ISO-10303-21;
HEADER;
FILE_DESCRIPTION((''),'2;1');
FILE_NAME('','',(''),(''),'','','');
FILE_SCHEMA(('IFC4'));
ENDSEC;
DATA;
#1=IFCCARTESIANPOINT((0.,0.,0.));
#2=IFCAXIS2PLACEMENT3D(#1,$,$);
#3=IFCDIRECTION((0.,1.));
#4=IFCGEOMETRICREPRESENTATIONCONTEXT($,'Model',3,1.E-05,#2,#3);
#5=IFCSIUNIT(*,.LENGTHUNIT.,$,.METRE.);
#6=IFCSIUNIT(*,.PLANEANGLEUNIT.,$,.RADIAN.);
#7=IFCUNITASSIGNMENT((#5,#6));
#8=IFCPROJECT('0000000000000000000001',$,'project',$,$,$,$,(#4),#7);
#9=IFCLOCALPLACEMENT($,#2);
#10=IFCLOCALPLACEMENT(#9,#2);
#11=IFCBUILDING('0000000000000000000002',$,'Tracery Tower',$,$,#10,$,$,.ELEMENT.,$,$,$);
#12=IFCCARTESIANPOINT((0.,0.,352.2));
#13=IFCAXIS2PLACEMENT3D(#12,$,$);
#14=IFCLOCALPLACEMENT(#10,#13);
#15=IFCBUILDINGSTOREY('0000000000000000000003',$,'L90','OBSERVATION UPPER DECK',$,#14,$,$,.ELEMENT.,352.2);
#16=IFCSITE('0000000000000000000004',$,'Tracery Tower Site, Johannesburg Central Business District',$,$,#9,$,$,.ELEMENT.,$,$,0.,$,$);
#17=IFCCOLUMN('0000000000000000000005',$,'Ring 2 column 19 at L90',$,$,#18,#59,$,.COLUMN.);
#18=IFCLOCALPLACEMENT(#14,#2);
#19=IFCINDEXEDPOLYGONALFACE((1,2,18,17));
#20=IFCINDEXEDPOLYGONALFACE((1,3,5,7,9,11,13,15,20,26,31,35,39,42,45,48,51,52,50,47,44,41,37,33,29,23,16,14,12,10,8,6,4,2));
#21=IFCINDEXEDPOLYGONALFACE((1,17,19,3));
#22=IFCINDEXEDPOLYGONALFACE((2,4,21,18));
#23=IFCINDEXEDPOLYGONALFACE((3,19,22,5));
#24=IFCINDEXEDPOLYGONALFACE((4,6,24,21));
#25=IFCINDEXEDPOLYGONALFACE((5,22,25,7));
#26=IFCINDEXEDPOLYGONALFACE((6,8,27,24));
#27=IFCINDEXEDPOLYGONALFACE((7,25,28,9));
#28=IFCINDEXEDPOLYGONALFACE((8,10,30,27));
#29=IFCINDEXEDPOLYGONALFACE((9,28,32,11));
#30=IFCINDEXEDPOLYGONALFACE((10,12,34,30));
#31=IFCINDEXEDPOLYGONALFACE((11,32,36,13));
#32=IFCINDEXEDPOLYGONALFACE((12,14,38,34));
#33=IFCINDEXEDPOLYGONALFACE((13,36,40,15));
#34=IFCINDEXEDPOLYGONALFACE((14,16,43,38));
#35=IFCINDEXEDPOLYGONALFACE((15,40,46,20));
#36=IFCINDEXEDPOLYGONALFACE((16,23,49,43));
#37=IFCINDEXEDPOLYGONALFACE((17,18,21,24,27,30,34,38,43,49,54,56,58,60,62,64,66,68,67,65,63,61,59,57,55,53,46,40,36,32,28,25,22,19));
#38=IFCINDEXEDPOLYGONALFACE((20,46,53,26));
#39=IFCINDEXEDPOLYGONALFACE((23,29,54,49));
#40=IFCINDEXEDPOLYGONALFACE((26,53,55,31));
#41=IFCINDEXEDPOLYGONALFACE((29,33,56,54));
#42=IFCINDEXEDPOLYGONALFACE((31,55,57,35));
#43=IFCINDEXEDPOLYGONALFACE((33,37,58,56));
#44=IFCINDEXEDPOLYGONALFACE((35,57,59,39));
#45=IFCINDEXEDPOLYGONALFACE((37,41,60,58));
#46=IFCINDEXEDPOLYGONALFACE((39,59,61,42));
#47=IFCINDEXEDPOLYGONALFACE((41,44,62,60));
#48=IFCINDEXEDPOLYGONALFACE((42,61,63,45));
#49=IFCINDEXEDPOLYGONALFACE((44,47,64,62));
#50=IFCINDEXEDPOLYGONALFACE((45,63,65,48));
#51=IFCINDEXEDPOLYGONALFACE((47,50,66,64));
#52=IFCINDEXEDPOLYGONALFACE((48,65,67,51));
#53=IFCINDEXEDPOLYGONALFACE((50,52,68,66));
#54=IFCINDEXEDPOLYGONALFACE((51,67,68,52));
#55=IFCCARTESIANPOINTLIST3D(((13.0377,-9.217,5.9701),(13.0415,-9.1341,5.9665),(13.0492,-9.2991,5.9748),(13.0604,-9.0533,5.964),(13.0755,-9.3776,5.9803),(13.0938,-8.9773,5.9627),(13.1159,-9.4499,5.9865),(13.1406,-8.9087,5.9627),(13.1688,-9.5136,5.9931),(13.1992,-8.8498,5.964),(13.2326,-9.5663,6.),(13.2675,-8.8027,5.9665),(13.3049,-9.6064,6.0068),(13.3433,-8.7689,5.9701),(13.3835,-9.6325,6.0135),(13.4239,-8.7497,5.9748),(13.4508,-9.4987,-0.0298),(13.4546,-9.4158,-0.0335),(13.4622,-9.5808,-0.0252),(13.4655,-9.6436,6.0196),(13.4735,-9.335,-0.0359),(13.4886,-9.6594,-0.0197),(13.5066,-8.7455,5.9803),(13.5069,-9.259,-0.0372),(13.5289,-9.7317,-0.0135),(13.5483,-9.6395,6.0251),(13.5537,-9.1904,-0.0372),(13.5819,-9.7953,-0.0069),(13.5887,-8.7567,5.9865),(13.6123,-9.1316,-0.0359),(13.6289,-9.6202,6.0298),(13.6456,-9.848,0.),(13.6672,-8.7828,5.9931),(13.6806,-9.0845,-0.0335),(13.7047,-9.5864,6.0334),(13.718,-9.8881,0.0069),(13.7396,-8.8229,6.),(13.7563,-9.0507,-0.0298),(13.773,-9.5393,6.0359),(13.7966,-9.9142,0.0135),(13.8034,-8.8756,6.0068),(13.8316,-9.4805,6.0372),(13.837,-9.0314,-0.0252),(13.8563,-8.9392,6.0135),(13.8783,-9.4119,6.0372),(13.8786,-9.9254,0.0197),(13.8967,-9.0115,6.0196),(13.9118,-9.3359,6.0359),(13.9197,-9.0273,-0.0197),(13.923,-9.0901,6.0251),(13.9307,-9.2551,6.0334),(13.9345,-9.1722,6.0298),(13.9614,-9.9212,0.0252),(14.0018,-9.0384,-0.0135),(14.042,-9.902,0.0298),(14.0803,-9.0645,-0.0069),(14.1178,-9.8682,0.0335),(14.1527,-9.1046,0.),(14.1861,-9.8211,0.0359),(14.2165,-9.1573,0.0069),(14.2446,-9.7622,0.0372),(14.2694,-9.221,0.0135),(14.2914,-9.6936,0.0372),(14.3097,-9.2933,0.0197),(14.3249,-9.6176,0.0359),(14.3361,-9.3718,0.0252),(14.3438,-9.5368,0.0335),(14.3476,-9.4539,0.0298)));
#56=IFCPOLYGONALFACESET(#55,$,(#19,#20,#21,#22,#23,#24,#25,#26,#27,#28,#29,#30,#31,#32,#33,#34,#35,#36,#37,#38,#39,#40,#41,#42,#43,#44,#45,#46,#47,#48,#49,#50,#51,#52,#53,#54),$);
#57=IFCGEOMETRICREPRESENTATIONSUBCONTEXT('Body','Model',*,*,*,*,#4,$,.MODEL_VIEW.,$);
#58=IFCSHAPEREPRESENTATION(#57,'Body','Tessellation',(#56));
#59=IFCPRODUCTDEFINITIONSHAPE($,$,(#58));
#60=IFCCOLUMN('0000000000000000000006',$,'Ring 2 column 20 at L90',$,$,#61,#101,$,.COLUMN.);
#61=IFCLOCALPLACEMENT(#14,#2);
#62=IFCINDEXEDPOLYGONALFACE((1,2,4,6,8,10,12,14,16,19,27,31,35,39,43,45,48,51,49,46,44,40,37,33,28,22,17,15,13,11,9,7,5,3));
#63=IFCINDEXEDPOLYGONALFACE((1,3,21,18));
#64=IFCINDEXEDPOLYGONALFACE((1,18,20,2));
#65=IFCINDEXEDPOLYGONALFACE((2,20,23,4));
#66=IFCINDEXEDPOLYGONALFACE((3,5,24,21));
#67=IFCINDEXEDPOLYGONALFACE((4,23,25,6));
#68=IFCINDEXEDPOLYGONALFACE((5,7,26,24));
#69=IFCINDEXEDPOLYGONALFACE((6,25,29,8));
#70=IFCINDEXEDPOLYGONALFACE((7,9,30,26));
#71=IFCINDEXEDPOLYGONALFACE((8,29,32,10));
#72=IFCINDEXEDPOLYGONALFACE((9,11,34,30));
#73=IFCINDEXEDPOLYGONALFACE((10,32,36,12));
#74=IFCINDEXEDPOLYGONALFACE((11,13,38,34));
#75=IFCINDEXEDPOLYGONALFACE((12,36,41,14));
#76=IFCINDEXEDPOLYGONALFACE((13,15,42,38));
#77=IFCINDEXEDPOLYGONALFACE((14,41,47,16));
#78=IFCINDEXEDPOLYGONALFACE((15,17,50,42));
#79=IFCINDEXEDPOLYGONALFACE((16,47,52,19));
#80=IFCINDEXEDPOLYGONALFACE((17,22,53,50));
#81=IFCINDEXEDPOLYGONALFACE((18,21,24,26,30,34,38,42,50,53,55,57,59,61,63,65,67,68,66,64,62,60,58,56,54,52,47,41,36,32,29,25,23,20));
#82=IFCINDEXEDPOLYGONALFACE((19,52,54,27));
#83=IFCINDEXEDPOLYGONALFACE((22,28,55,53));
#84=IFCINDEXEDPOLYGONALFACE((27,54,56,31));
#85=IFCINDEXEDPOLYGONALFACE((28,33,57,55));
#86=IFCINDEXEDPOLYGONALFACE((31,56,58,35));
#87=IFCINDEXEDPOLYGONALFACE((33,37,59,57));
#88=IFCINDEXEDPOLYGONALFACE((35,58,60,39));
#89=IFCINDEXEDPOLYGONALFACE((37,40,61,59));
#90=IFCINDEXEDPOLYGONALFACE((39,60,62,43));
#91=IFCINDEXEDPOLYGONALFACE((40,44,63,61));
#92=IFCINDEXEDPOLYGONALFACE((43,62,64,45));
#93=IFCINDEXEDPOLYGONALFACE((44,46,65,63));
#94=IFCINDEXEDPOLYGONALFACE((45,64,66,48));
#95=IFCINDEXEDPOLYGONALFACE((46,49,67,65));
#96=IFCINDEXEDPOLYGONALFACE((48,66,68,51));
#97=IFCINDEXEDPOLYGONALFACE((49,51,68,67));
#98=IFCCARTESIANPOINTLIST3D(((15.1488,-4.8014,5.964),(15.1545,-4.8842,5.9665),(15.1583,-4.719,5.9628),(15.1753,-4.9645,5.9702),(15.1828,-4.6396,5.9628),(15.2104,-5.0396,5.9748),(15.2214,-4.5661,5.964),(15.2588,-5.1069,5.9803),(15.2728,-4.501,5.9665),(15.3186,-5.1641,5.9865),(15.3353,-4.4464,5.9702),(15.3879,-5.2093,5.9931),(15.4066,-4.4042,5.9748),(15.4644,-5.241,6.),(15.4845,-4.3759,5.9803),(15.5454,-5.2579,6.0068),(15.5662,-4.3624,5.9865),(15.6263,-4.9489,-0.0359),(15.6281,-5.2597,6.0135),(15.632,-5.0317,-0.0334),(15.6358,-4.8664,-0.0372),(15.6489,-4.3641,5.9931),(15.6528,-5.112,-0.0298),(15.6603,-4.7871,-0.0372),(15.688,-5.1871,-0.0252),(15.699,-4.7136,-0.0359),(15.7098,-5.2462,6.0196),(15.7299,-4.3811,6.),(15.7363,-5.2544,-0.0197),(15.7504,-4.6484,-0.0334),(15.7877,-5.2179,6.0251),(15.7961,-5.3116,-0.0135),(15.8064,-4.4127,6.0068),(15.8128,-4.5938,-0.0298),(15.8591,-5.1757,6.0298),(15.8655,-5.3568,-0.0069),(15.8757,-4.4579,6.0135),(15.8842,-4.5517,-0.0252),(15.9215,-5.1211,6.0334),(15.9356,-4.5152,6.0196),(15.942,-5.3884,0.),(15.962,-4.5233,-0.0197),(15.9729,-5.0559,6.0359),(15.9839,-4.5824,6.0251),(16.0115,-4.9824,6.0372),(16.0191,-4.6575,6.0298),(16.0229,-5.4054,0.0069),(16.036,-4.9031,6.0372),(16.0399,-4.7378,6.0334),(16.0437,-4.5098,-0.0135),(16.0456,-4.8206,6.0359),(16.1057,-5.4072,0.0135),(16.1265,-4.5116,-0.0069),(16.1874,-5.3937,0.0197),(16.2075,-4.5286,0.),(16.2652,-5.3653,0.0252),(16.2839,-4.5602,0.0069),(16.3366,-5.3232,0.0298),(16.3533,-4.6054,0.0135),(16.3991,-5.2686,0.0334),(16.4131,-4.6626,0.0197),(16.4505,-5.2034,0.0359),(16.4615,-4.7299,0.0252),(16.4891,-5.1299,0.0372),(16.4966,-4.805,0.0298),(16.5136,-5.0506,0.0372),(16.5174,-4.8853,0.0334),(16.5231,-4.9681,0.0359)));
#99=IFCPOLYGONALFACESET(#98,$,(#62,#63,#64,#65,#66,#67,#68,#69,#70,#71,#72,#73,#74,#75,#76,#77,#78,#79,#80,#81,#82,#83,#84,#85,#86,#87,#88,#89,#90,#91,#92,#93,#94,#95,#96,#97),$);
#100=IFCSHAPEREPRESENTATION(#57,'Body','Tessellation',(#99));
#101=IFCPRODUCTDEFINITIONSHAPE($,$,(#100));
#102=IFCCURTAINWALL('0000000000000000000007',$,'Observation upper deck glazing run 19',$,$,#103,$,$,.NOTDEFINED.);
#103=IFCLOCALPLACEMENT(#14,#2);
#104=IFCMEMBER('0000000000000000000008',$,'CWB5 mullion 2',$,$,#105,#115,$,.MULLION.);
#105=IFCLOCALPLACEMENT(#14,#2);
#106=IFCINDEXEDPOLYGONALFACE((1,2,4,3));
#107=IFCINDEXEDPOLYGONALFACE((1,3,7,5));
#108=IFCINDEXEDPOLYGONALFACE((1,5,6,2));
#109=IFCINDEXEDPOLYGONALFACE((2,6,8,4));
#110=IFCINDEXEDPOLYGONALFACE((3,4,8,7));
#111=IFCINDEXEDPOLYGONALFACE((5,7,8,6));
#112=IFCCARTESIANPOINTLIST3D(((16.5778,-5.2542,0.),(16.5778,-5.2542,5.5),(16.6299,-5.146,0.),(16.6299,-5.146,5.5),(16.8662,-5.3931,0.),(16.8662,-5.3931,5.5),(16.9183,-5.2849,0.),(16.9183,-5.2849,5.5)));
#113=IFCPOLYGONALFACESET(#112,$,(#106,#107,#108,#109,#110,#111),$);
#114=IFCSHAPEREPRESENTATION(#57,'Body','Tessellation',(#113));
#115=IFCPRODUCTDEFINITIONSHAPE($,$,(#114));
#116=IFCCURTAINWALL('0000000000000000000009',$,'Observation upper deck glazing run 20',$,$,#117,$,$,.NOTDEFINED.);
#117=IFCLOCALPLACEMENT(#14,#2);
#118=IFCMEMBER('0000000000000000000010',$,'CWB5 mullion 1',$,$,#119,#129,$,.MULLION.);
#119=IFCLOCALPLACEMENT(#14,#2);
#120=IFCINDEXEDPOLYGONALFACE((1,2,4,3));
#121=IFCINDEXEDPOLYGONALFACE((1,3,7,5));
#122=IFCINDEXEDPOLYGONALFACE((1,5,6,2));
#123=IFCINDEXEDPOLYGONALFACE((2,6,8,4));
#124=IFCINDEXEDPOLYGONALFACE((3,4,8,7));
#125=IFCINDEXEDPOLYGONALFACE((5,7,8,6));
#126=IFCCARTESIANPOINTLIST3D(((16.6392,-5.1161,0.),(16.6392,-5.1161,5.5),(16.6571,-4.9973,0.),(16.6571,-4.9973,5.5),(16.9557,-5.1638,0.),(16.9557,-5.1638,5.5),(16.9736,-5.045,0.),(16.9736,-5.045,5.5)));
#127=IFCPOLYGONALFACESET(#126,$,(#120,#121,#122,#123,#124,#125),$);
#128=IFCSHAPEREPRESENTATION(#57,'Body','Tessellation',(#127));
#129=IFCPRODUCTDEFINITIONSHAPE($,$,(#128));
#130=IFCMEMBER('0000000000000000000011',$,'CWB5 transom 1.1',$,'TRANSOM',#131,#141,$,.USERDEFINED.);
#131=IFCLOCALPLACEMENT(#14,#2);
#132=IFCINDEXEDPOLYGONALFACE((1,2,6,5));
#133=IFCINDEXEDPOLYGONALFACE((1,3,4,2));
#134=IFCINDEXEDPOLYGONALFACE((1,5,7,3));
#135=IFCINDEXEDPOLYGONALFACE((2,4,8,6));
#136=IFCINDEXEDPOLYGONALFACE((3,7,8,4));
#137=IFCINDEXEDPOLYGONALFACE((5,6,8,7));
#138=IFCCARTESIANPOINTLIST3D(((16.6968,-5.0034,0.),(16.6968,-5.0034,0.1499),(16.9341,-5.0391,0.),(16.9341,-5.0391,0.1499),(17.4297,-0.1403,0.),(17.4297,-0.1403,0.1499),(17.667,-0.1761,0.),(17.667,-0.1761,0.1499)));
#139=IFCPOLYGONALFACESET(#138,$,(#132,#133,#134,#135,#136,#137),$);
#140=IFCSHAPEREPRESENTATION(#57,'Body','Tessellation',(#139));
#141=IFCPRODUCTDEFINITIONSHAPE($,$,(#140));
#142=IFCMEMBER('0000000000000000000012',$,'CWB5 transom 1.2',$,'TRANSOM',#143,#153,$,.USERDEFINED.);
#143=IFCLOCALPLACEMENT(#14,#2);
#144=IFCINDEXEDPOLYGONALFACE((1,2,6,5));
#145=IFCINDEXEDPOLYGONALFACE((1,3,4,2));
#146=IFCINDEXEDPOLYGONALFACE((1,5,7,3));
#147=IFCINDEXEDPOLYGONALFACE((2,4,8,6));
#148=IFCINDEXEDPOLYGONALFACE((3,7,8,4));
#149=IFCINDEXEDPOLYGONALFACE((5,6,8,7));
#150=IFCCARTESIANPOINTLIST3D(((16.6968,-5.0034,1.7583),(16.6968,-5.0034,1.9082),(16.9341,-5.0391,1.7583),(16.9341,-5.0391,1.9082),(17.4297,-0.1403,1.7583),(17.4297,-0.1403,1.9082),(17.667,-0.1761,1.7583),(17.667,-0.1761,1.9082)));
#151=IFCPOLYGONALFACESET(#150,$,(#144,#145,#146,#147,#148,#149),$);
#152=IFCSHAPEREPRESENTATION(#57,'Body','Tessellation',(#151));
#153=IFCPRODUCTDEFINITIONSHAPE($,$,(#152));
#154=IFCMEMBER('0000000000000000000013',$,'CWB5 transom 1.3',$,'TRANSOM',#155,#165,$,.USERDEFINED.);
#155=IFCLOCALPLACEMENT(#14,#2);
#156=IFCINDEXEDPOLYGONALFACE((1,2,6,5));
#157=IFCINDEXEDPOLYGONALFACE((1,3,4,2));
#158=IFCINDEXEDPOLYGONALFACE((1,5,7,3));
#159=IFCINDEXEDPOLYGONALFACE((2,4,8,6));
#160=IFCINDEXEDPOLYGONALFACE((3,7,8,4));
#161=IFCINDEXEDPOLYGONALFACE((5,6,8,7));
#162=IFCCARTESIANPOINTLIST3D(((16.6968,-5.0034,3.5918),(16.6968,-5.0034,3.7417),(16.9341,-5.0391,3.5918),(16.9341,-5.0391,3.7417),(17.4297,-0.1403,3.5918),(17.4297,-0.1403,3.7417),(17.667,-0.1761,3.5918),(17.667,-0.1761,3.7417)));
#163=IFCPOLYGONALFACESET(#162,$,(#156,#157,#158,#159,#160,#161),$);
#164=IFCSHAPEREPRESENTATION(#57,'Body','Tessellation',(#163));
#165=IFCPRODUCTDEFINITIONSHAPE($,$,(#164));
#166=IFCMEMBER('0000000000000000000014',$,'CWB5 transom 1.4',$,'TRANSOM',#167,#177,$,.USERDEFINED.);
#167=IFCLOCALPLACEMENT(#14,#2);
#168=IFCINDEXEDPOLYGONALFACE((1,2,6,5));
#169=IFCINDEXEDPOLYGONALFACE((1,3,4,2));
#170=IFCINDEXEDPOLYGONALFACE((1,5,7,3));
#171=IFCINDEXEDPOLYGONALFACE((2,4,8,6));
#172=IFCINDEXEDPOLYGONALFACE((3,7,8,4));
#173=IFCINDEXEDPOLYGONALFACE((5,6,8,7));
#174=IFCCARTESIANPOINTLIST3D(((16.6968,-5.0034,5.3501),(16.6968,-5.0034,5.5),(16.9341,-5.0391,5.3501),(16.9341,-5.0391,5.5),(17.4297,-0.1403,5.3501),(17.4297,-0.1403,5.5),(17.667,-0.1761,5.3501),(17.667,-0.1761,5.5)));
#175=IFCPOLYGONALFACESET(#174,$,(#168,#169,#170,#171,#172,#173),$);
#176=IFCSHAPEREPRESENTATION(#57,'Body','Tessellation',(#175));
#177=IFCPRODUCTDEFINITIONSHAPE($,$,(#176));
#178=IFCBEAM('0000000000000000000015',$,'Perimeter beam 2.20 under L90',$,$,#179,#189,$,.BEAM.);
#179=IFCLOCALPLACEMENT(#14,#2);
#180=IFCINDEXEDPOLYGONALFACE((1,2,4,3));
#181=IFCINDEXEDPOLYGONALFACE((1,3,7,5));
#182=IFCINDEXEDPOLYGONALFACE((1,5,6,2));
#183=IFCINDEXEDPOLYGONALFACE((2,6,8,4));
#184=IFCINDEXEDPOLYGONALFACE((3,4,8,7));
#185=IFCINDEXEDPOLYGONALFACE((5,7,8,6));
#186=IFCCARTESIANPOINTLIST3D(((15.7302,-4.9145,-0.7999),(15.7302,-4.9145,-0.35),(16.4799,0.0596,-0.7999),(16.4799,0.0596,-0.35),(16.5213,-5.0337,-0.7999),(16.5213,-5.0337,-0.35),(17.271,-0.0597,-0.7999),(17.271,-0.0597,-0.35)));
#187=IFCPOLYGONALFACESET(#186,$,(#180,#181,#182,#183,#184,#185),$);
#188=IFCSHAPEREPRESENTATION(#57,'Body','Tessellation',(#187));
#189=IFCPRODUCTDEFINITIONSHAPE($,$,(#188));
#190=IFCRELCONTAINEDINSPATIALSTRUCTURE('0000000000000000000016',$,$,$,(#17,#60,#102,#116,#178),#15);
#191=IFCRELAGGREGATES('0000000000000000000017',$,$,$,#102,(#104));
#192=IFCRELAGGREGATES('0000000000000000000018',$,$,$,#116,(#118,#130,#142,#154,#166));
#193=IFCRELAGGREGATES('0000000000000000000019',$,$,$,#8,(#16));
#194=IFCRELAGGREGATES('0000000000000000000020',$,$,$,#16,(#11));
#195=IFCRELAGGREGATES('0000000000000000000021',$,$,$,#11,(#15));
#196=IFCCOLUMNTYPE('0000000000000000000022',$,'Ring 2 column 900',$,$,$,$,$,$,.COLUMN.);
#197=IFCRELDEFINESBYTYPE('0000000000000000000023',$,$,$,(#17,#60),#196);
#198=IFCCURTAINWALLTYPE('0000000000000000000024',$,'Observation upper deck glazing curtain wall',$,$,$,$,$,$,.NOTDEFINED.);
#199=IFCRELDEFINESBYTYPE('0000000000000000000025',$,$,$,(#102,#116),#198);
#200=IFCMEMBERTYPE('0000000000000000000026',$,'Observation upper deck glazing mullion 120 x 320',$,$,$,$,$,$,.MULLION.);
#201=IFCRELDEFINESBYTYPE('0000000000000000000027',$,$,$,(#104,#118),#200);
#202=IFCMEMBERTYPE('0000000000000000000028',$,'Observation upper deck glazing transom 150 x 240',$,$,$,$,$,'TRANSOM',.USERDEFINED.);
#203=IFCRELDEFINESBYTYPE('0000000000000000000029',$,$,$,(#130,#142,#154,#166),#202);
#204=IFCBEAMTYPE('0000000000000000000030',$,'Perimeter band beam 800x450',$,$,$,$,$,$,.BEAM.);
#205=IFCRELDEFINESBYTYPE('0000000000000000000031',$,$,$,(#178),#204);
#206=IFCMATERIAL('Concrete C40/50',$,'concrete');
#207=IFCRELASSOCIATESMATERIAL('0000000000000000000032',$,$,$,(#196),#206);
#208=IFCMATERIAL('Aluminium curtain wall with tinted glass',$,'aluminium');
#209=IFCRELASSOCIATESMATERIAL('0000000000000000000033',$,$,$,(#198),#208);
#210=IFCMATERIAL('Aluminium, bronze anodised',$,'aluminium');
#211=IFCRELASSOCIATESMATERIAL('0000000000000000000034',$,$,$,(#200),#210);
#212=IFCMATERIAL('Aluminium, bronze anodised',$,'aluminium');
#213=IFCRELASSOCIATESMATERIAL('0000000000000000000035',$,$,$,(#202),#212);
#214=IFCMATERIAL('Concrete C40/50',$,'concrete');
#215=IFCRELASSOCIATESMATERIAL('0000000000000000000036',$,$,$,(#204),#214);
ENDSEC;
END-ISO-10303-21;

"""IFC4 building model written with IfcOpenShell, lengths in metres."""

from ifc_helpers import new_model, si_unit, direction, frame, origin, origin_2d, place, context, subcontext, project, spatial, rectangle, circle, extrude, material, material_profile, profile_set, type_object, element, aggregate, save


model = new_model("IFC4")

# Units and contexts
model_context = context("Model", 3, precision=1e-05, world=origin(), true_north=direction((0.0, 1.0)))
body_context = subcontext(model_context, "Body", "Model", "MODEL_VIEW")
ifc_project = project(units=[si_unit("LENGTHUNIT", "METRE"), si_unit("PLANEANGLEUNIT", "RADIAN")], contexts=[model_context])

# Site, building, storey
site_placement = place(None, origin())
site = spatial("IfcSite", under=ifc_project, at=site_placement, Name="Tracery Tower Site, Johannesburg Central Business District", CompositionType="ELEMENT", RefElevation=0.0)
building_placement = place(site_placement, origin())
building = spatial("IfcBuilding", under=site, at=building_placement, Name="Tracery Tower", CompositionType="ELEMENT")
storey_placement = place(building_placement, frame((0.0, 0.0, 352.2)))
storey = spatial("IfcBuildingStorey", under=building, at=storey_placement, Name="L90", Description="OBSERVATION UPPER DECK", CompositionType="ELEMENT", Elevation=352.2)

# Columns
ifc_material_1 = material(Name="Concrete C40/50", Category="concrete")
ifc_material_profile_1 = material_profile(ifc_material_1, circle(Radius=0.45, at=origin_2d()), Name="RC D900")
ifc_profile_set_1 = profile_set([ifc_material_profile_1], Name="Concrete C40/50")
column_type = type_object("IfcColumnType", Name="Ring 2 column 900", PredefinedType="COLUMN", material=ifc_profile_set_1)
for number, where, z_axis, x_axis, name in (
    (1, (13.8992, -9.4763, 0.0), (-0.06861, 0.046794, 0.996546), (-0.563458, -0.826145, 0.0), "Ring 2 column 19 at L90"),
    (2, (16.0747, -4.9585, 0.0), (-0.079315, 0.024492, 0.996549), (-0.295047, -0.955483, 0.0), "Ring 2 column 20 at L90"),
):
    element("IfcColumn", number, at=place(storey_placement, frame(where, z_axis=z_axis, x_axis=x_axis)), inside=storey, type_object=column_type, Name=name, PredefinedType="COLUMN", context=body_context, shape_type="SweptSolid", body=[
        extrude(circle(Radius=0.45, at=origin_2d()), origin(), (0.0, 0.0, 1.0), 6.0208),
    ])

# Curtain wall, member
ifc_material_2 = material(Name="Aluminium curtain wall with tinted glass", Category="aluminium")
curtain_wall_type = type_object("IfcCurtainWallType", Name="Observation upper deck glazing curtain wall", PredefinedType="NOTDEFINED", material=ifc_material_2)
curtain_wall_1_placement = place(storey_placement, origin())
curtain_wall_1 = element("IfcCurtainWall", 3, at=curtain_wall_1_placement, inside=storey, type_object=curtain_wall_type, Name="Observation upper deck glazing run 19", PredefinedType="NOTDEFINED")
ifc_material_3 = material(Name="Aluminium, bronze anodised", Category="aluminium")
ifc_material_profile_2 = material_profile(ifc_material_3, rectangle(XDim=0.3201, YDim=0.1201, at=origin_2d()), Name="Observation upper deck glazing mullion 120 x 320")
ifc_profile_set_2 = profile_set([ifc_material_profile_2], Name="Aluminium, bronze anodised")
member_type_1 = type_object("IfcMemberType", Name="Observation upper deck glazing mullion 120 x 320", PredefinedType="MULLION", material=ifc_profile_set_2)
member_1_placement = place(storey_placement, frame((16.748, -5.2695, 0.0), z_axis=(0.0, 0.0, 1.0), x_axis=(-0.900967, 0.433888, 0.0)))
member_1 = element("IfcMember", 4, at=member_1_placement, type_object=member_type_1, Name="CWB5 mullion 2", PredefinedType="MULLION", context=body_context, shape_type="SweptSolid", body=[
    extrude(rectangle(XDim=0.3201, YDim=0.1201, at=origin_2d()), origin(), (0.0, 0.0, 1.0), 5.5),
])

# Curtain wall, members
curtain_wall_2_placement = place(storey_placement, origin())
curtain_wall_2 = element("IfcCurtainWall", 5, at=curtain_wall_2_placement, inside=storey, type_object=curtain_wall_type, Name="Observation upper deck glazing run 20", PredefinedType="NOTDEFINED")
member_2_placement = place(storey_placement, frame((16.8064, -5.0806, 0.0), z_axis=(0.0, 0.0, 1.0), x_axis=(-0.988832, 0.149033, 0.0)))
member_2 = element("IfcMember", 6, at=member_2_placement, type_object=member_type_1, Name="CWB5 mullion 1", PredefinedType="MULLION", context=body_context, shape_type="SweptSolid", body=[
    extrude(rectangle(XDim=0.3201, YDim=0.1201, at=origin_2d()), origin(), (0.0, 0.0, 1.0), 5.5),
])
ifc_material_4 = material(Name="Aluminium, bronze anodised", Category="aluminium")
ifc_material_profile_3 = material_profile(ifc_material_4, rectangle(XDim=0.24, YDim=0.1499, at=origin_2d()), Name="Observation upper deck glazing transom 150 x 240")
ifc_profile_set_3 = profile_set([ifc_material_profile_3], Name="Aluminium, bronze anodised")
member_type_2 = type_object("IfcMemberType", Name="Observation upper deck glazing transom 150 x 240", ElementType="TRANSOM", PredefinedType="USERDEFINED", material=ifc_profile_set_3)
member_3_placement = place(storey_placement, frame((16.8154, -5.0212, 0.075), z_axis=(0.149027, 0.988833, 0.0), x_axis=(-0.988833, 0.149027, 0.0)))
member_3 = element("IfcMember", 7, at=member_3_placement, type_object=member_type_2, Name="CWB5 transom 1.1", ObjectType="TRANSOM", PredefinedType="USERDEFINED", context=body_context, shape_type="SweptSolid", body=[
    extrude(rectangle(XDim=0.24, YDim=0.1499, at=origin_2d()), origin(), (0.0, 0.0, 1.0), 4.918),
])
member_4_placement = place(storey_placement, frame((16.8154, -5.0212, 1.8333), z_axis=(0.149027, 0.988833, 0.0), x_axis=(-0.988833, 0.149027, 0.0)))
member_4 = element("IfcMember", 8, at=member_4_placement, type_object=member_type_2, Name="CWB5 transom 1.2", ObjectType="TRANSOM", PredefinedType="USERDEFINED", context=body_context, shape_type="SweptSolid", body=[
    extrude(rectangle(XDim=0.24, YDim=0.1499, at=origin_2d()), origin(), (0.0, 0.0, 1.0), 4.918),
])
member_5_placement = place(storey_placement, frame((16.8154, -5.0212, 3.6667), z_axis=(0.149027, 0.988833, 0.0), x_axis=(-0.988833, 0.149027, 0.0)))
member_5 = element("IfcMember", 9, at=member_5_placement, type_object=member_type_2, Name="CWB5 transom 1.3", ObjectType="TRANSOM", PredefinedType="USERDEFINED", context=body_context, shape_type="SweptSolid", body=[
    extrude(rectangle(XDim=0.24, YDim=0.1499, at=origin_2d()), origin(), (0.0, 0.0, 1.0), 4.918),
])
member_6_placement = place(storey_placement, frame((16.8154, -5.0212, 5.425), z_axis=(0.149027, 0.988833, 0.0), x_axis=(-0.988833, 0.149027, 0.0)))
member_6 = element("IfcMember", 10, at=member_6_placement, type_object=member_type_2, Name="CWB5 transom 1.4", ObjectType="TRANSOM", PredefinedType="USERDEFINED", context=body_context, shape_type="SweptSolid", body=[
    extrude(rectangle(XDim=0.24, YDim=0.1499, at=origin_2d()), origin(), (0.0, 0.0, 1.0), 4.918),
])

# Beam
ifc_material_5 = material(Name="Concrete C40/50", Category="concrete")
ifc_material_profile_4 = material_profile(ifc_material_5, rectangle(XDim=0.8, YDim=0.45, at=origin_2d()), Name="RC 800x450")
ifc_profile_set_4 = profile_set([ifc_material_profile_4], Name="Concrete C40/50")
beam_type = type_object("IfcBeamType", Name="Perimeter band beam 800x450", PredefinedType="BEAM", material=ifc_profile_set_4)
beam_placement = place(storey_placement, frame((16.1257, -4.9741, -0.575), z_axis=(0.149048, 0.98883, 0.0), x_axis=(-0.98883, 0.149048, 0.0)))
element("IfcBeam", 11, at=beam_placement, inside=storey, type_object=beam_type, Name="Perimeter beam 2.20 under L90", PredefinedType="BEAM", context=body_context, shape_type="SweptSolid", body=[
    extrude(rectangle(XDim=0.8, YDim=0.45, at=origin_2d()), origin(), (0.0, 0.0, 1.0), 5.0303),
])

aggregate(curtain_wall_1, [member_1])
aggregate(curtain_wall_2, [member_2, member_3, member_4, member_5, member_6])

save(model, "model.ifc")
